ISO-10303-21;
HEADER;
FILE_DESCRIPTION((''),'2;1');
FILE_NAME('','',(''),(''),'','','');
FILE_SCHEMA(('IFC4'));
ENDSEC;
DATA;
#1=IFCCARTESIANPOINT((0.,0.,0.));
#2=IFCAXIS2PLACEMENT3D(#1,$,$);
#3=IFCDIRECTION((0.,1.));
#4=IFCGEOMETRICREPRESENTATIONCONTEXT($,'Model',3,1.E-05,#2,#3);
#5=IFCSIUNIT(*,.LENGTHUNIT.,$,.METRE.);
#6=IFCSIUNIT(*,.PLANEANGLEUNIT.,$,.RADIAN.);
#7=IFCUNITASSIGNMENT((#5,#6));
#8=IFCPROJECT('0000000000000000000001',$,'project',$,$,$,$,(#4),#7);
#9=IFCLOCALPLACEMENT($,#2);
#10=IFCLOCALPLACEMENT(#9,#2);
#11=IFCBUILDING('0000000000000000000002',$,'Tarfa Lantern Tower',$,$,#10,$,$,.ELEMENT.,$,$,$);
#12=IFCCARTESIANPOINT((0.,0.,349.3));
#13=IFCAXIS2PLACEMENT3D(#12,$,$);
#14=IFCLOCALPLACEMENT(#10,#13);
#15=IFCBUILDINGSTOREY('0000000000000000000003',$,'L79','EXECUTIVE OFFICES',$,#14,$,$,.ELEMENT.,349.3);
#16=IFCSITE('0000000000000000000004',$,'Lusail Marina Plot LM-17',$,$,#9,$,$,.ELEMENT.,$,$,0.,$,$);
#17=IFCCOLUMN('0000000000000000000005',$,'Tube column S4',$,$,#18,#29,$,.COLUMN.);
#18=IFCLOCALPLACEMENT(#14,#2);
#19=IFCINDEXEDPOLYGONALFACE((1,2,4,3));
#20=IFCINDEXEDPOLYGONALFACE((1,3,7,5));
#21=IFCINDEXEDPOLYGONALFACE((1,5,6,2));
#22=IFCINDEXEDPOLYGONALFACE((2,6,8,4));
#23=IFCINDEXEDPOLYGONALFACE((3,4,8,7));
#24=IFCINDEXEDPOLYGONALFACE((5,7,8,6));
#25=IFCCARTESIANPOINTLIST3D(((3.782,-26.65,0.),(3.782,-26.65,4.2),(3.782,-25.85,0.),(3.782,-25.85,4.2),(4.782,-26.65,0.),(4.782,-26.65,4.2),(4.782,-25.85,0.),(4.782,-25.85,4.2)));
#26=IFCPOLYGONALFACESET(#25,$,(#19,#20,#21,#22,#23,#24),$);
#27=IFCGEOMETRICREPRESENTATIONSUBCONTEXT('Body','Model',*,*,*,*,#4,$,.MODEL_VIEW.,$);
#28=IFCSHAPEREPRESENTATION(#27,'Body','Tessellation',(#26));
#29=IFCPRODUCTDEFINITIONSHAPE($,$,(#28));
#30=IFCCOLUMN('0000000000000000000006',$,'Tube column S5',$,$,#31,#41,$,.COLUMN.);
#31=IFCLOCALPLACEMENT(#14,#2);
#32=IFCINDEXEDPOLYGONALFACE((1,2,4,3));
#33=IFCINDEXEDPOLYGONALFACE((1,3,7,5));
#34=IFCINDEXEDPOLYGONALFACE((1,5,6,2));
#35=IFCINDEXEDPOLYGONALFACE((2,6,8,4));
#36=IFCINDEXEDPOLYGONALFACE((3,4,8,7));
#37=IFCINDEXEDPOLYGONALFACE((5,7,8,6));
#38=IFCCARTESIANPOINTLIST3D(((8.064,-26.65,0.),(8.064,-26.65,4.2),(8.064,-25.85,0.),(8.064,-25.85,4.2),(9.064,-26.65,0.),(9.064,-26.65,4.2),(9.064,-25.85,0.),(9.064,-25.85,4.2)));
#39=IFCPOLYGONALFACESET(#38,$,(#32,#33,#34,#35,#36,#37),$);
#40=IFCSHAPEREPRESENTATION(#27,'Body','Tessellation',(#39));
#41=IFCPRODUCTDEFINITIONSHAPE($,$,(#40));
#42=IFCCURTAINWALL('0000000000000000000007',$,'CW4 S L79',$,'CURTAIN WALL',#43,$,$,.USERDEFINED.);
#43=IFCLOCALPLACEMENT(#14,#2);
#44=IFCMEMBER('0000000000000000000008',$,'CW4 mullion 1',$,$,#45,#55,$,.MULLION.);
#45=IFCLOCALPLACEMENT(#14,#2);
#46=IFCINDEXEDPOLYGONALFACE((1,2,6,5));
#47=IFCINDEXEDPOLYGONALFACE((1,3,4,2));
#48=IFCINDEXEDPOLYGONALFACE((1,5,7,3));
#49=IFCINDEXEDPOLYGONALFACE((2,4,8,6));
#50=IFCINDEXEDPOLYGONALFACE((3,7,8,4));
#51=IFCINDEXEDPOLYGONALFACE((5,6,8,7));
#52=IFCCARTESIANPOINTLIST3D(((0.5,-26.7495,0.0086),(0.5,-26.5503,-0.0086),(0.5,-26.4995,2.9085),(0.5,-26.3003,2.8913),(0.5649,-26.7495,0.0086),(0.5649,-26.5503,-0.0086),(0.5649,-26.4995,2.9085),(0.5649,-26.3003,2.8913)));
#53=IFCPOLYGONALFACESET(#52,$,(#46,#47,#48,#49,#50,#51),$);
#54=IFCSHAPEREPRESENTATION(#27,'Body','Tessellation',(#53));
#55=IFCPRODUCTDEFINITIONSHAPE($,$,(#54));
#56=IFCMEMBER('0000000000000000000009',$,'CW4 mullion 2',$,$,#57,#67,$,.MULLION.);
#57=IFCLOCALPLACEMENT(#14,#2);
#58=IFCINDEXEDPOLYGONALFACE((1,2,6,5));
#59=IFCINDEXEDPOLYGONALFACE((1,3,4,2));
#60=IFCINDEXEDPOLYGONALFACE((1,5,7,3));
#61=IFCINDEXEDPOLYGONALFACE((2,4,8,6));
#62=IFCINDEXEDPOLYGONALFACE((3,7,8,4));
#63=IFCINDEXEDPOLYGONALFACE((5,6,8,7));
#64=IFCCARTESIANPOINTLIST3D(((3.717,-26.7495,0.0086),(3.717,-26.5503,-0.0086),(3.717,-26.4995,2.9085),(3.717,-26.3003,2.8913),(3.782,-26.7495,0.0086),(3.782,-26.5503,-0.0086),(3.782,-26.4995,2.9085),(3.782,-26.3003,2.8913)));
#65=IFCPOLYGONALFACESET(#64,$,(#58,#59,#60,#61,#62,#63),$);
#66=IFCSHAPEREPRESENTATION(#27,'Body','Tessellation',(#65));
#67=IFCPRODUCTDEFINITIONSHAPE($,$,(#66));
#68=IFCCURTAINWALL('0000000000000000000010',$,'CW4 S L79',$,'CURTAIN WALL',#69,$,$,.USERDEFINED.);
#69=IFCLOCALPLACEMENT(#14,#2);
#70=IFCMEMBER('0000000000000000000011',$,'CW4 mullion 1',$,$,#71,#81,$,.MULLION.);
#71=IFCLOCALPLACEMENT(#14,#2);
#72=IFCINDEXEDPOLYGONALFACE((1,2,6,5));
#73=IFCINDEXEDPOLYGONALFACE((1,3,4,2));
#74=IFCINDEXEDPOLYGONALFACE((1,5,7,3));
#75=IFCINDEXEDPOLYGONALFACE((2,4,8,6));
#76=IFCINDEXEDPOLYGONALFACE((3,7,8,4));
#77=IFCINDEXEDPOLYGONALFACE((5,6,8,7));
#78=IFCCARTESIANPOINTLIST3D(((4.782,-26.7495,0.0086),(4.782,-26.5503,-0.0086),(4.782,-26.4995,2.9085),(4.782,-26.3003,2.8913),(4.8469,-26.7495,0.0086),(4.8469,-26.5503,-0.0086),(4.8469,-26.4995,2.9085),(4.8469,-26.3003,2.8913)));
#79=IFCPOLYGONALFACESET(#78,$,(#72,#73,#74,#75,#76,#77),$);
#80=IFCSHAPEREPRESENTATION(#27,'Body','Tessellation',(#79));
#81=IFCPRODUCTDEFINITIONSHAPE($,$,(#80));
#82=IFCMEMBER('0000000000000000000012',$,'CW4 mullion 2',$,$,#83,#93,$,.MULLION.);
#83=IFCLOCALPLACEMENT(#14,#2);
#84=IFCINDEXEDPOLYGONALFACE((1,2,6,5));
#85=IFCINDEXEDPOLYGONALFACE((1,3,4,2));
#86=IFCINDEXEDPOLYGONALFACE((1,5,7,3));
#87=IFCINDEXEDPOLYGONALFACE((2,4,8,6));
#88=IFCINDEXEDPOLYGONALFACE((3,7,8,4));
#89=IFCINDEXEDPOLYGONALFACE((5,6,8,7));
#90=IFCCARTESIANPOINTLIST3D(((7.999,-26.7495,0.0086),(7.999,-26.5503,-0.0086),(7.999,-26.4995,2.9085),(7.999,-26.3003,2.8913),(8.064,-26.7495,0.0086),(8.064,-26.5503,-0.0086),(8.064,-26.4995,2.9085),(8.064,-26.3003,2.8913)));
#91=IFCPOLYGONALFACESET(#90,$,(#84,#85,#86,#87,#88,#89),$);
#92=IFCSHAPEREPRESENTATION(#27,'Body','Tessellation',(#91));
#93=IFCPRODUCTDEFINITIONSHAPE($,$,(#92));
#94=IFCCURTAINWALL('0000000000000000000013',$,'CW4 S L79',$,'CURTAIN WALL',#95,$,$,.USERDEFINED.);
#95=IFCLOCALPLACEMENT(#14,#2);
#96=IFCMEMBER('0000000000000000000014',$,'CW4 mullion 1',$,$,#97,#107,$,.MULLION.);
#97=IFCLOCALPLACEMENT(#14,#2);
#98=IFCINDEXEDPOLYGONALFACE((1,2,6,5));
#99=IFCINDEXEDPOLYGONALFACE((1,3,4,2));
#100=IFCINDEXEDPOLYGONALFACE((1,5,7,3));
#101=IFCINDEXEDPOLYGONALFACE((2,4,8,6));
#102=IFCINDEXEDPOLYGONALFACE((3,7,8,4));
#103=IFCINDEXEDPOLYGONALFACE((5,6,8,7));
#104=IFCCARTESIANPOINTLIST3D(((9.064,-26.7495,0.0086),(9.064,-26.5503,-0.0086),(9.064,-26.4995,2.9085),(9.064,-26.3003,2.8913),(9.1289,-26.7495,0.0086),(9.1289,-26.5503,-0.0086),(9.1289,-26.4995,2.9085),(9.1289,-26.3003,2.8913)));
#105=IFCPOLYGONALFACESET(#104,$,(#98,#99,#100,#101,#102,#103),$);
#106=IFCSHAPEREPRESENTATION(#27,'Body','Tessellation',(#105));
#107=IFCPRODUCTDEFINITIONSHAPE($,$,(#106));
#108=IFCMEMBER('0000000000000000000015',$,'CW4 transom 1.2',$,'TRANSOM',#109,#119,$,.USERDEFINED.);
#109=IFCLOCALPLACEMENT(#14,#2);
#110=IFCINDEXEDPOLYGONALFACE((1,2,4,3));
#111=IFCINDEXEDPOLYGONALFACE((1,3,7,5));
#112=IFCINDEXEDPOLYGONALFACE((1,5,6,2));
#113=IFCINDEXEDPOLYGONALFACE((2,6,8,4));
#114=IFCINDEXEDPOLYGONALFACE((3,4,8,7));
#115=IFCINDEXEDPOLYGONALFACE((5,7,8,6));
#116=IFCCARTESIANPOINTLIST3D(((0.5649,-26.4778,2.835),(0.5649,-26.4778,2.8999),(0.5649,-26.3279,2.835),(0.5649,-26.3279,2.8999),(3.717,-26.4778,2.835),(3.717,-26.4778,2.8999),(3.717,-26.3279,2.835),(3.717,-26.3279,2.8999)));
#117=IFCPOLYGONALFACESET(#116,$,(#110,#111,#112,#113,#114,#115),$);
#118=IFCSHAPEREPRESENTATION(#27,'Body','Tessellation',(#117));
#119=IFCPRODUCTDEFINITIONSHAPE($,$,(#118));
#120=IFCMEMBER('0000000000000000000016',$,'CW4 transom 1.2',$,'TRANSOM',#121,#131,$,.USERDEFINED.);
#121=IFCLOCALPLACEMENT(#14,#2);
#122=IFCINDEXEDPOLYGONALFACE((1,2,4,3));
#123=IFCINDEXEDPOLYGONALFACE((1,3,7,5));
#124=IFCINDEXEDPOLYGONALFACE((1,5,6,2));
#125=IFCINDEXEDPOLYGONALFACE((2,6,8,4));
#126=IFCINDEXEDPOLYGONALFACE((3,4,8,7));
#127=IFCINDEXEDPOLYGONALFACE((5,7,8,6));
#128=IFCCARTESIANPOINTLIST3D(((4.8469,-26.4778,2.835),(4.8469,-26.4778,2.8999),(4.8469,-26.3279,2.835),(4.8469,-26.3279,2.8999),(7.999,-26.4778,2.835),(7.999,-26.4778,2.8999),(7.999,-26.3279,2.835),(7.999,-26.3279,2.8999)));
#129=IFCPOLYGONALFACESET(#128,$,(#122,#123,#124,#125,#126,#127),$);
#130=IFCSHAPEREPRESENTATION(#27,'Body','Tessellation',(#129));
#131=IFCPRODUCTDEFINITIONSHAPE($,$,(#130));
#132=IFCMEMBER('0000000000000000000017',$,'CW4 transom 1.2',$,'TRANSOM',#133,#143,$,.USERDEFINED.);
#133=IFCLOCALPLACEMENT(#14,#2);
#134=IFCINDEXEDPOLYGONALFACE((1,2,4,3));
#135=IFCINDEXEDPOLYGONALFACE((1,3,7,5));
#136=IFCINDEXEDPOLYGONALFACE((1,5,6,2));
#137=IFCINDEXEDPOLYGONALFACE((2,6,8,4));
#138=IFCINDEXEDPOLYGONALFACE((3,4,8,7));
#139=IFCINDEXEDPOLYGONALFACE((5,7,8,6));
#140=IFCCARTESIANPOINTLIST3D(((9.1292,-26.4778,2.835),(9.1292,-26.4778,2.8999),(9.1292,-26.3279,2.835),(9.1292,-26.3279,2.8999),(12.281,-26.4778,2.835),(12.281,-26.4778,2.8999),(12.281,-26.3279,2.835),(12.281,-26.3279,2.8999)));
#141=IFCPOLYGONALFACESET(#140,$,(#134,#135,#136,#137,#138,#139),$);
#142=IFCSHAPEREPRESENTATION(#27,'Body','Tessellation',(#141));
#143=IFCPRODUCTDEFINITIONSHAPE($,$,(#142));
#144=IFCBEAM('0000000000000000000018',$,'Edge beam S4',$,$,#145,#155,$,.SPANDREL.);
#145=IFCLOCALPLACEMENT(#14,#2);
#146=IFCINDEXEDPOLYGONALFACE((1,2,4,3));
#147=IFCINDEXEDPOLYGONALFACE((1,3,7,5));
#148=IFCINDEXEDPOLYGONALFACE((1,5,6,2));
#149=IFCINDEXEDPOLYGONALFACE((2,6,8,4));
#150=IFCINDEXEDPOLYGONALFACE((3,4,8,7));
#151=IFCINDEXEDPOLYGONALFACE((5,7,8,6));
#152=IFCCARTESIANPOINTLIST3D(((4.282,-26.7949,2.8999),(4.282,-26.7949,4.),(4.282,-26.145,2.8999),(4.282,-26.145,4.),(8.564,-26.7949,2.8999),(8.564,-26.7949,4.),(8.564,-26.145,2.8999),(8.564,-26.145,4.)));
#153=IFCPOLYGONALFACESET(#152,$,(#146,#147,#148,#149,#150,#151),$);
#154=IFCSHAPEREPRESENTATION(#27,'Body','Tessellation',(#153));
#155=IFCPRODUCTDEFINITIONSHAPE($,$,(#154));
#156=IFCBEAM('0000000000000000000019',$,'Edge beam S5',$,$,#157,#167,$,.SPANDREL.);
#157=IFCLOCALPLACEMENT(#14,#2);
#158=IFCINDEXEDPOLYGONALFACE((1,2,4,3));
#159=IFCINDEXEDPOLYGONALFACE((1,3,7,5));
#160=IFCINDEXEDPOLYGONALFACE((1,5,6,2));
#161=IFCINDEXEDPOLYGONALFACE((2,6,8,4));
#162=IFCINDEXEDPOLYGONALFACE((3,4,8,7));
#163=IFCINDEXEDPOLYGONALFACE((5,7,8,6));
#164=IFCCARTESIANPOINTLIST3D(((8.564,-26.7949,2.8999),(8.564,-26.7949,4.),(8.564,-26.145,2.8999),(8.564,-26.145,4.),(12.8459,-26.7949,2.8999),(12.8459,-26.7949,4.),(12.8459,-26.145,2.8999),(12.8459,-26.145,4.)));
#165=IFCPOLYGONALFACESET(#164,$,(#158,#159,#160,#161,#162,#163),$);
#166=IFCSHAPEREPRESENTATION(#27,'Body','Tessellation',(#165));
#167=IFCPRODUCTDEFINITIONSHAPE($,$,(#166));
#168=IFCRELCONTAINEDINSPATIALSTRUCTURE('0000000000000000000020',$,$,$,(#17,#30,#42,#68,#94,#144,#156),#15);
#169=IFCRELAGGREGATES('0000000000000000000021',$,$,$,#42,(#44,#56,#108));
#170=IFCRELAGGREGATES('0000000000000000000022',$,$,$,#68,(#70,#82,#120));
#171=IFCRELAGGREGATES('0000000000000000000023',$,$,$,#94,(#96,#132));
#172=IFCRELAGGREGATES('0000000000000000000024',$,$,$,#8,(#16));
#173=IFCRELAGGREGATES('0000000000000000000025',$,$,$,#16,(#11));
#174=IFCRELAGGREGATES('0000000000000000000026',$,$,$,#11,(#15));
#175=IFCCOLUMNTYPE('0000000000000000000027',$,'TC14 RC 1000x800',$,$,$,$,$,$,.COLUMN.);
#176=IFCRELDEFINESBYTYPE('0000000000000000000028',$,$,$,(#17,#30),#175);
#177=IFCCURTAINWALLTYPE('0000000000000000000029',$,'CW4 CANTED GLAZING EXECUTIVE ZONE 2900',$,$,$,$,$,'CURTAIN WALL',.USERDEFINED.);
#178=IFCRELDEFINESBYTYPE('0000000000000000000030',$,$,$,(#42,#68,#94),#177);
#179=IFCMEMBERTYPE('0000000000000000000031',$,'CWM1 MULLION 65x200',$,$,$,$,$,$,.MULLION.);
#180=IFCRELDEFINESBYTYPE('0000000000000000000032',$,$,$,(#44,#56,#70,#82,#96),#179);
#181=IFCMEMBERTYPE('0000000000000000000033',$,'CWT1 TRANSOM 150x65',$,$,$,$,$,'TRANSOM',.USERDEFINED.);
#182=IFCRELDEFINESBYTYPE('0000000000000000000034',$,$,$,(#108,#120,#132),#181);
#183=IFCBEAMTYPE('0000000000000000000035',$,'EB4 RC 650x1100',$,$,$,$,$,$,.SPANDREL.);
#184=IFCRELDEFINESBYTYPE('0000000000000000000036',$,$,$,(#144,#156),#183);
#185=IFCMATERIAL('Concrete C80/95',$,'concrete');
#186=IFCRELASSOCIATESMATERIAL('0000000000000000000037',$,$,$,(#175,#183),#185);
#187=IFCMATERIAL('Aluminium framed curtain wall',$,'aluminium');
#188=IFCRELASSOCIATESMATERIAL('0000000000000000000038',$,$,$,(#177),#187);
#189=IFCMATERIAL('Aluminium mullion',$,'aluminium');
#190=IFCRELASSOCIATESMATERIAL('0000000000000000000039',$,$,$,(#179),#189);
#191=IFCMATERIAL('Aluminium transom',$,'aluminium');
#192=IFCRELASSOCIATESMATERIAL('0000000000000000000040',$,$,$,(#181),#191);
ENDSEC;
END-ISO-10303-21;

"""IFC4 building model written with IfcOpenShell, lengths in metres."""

from ifc_helpers import new_model, si_unit, direction, frame, origin, origin_2d, place, context, subcontext, project, spatial, rectangle, extrude, material, material_profile, profile_set, type_object, element, aggregate, save


model = new_model("IFC4")

# Units and contexts
model_context = context("Model", 3, precision=1e-05, world=origin(), true_north=direction((0.0, 1.0)))
body_context = subcontext(model_context, "Body", "Model", "MODEL_VIEW")
ifc_project = project(units=[si_unit("LENGTHUNIT", "METRE"), si_unit("PLANEANGLEUNIT", "RADIAN")], contexts=[model_context])

# Site, building, storey
site_placement = place(None, origin())
site = spatial("IfcSite", under=ifc_project, at=site_placement, Name="Lusail Marina Plot LM-17", CompositionType="ELEMENT", RefElevation=0.0)
building_placement = place(site_placement, origin())
building = spatial("IfcBuilding", under=site, at=building_placement, Name="Tarfa Lantern Tower", CompositionType="ELEMENT")
storey_placement = place(building_placement, frame((0.0, 0.0, 349.3)))
storey = spatial("IfcBuildingStorey", under=building, at=storey_placement, Name="L79", Description="EXECUTIVE OFFICES", CompositionType="ELEMENT", Elevation=349.3)

# Columns
ifc_material_1 = material(Name="Concrete C80/95", Category="concrete")
ifc_material_profile_1 = material_profile(ifc_material_1, rectangle(XDim=1.0, YDim=0.8, at=origin_2d()), Name="RC 1000x800")
ifc_profile_set_1 = profile_set([ifc_material_profile_1], Name="Concrete C80/95")
column_type = type_object("IfcColumnType", Name="TC14 RC 1000x800", PredefinedType="COLUMN", material=ifc_profile_set_1)
for number, where, z_axis, x_axis, name in (
    (1, (4.282, -26.25, 0.0), (0.0, 0.0, 1.0), (1.0, 0.0, 0.0), "Tube column S4"),
    (2, (8.564, -26.25, 0.0), (0.0, 0.0, 1.0), (1.0, 0.0, 0.0), "Tube column S5"),
):
    element("IfcColumn", number, at=place(storey_placement, frame(where, z_axis=z_axis, x_axis=x_axis)), inside=storey, type_object=column_type, Name=name, PredefinedType="COLUMN", context=body_context, shape_type="SweptSolid", body=[
        extrude(rectangle(XDim=1.0, YDim=0.8, at=origin_2d()), origin(), (0.0, 0.0, 1.0), 4.2),
    ])

# Curtain walls, members
ifc_material_2 = material(Name="Aluminium framed curtain wall", Category="aluminium")
curtain_wall_type = type_object("IfcCurtainWallType", Name="CW4 CANTED GLAZING EXECUTIVE ZONE 2900", ElementType="CURTAIN WALL", PredefinedType="USERDEFINED", material=ifc_material_2)
curtain_wall_1_placement = place(storey_placement, origin())
curtain_wall_1 = element("IfcCurtainWall", 3, at=curtain_wall_1_placement, inside=storey, type_object=curtain_wall_type, Name="CW4 S L79", ObjectType="CURTAIN WALL", PredefinedType="USERDEFINED")
ifc_material_3 = material(Name="Aluminium mullion", Category="aluminium")
ifc_material_profile_2 = material_profile(ifc_material_3, rectangle(XDim=0.0649, YDim=0.2, at=origin_2d()), Name="AL MULLION 65x200")
ifc_profile_set_2 = profile_set([ifc_material_profile_2], Name="Aluminium mullion")
member_type_1 = type_object("IfcMemberType", Name="CWM1 MULLION 65x200", PredefinedType="MULLION", material=ifc_profile_set_2)
member_1_placement = place(storey_placement, frame((0.5325, -26.6499, 0.0), z_axis=(0.0, 0.085891, 0.996305), x_axis=(-1.0, 0.0, 0.0)))
member_1 = element("IfcMember", 4, at=member_1_placement, type_object=member_type_1, Name="CW4 mullion 1", PredefinedType="MULLION", context=body_context, shape_type="SweptSolid", body=[
    extrude(rectangle(XDim=0.0649, YDim=0.2, at=origin_2d()), origin(), (0.0, 0.0, 1.0), 2.9106),
])
member_2_placement = place(storey_placement, frame((3.7495, -26.6499, 0.0), z_axis=(0.0, 0.085891, 0.996305), x_axis=(-1.0, 0.0, 0.0)))
member_2 = element("IfcMember", 5, at=member_2_placement, type_object=member_type_1, Name="CW4 mullion 2", PredefinedType="MULLION", context=body_context, shape_type="SweptSolid", body=[
    extrude(rectangle(XDim=0.0649, YDim=0.2, at=origin_2d()), origin(), (0.0, 0.0, 1.0), 2.9106),
])
curtain_wall_2_placement = place(storey_placement, origin())
curtain_wall_2 = element("IfcCurtainWall", 6, at=curtain_wall_2_placement, inside=storey, type_object=curtain_wall_type, Name="CW4 S L79", ObjectType="CURTAIN WALL", PredefinedType="USERDEFINED")
member_3_placement = place(storey_placement, frame((4.8145, -26.6499, 0.0), z_axis=(0.0, 0.085891, 0.996305), x_axis=(-1.0, 0.0, 0.0)))
member_3 = element("IfcMember", 7, at=member_3_placement, type_object=member_type_1, Name="CW4 mullion 1", PredefinedType="MULLION", context=body_context, shape_type="SweptSolid", body=[
    extrude(rectangle(XDim=0.0649, YDim=0.2, at=origin_2d()), origin(), (0.0, 0.0, 1.0), 2.9106),
])
member_4_placement = place(storey_placement, frame((8.0315, -26.6499, 0.0), z_axis=(0.0, 0.085891, 0.996305), x_axis=(-1.0, 0.0, 0.0)))
member_4 = element("IfcMember", 8, at=member_4_placement, type_object=member_type_1, Name="CW4 mullion 2", PredefinedType="MULLION", context=body_context, shape_type="SweptSolid", body=[
    extrude(rectangle(XDim=0.0649, YDim=0.2, at=origin_2d()), origin(), (0.0, 0.0, 1.0), 2.9106),
])

# Curtain wall, member
curtain_wall_3_placement = place(storey_placement, origin())
curtain_wall_3 = element("IfcCurtainWall", 9, at=curtain_wall_3_placement, inside=storey, type_object=curtain_wall_type, Name="CW4 S L79", ObjectType="CURTAIN WALL", PredefinedType="USERDEFINED")
member_5_placement = place(storey_placement, frame((9.0964, -26.6499, 0.0), z_axis=(0.0, 0.085891, 0.996305), x_axis=(-1.0, 0.0, 0.0)))
member_5 = element("IfcMember", 10, at=member_5_placement, type_object=member_type_1, Name="CW4 mullion 1", PredefinedType="MULLION", context=body_context, shape_type="SweptSolid", body=[
    extrude(rectangle(XDim=0.0649, YDim=0.2, at=origin_2d()), origin(), (0.0, 0.0, 1.0), 2.9106),
])

# Members
ifc_material_4 = material(Name="Aluminium transom", Category="aluminium")
ifc_material_profile_3 = material_profile(ifc_material_4, rectangle(XDim=0.1499, YDim=0.0649, at=origin_2d()), Name="AL TRANSOM 150x65")
ifc_profile_set_3 = profile_set([ifc_material_profile_3], Name="Aluminium transom")
member_type_2 = type_object("IfcMemberType", Name="CWT1 TRANSOM 150x65", ElementType="TRANSOM", PredefinedType="USERDEFINED", material=ifc_profile_set_3)
member_6_placement = place(storey_placement, frame((0.5649, -26.4028, 2.8674), z_axis=(1.0, 0.0, 0.0), x_axis=(0.0, 1.0, 0.0)))
member_6 = element("IfcMember", 11, at=member_6_placement, type_object=member_type_2, Name="CW4 transom 1.2", ObjectType="TRANSOM", PredefinedType="USERDEFINED", context=body_context, shape_type="SweptSolid", body=[
    extrude(rectangle(XDim=0.1499, YDim=0.0649, at=origin_2d()), origin(), (0.0, 0.0, 1.0), 3.1521),
])
member_7_placement = place(storey_placement, frame((4.8469, -26.4028, 2.8674), z_axis=(1.0, 0.0, 0.0), x_axis=(0.0, 1.0, 0.0)))
member_7 = element("IfcMember", 12, at=member_7_placement, type_object=member_type_2, Name="CW4 transom 1.2", ObjectType="TRANSOM", PredefinedType="USERDEFINED", context=body_context, shape_type="SweptSolid", body=[
    extrude(rectangle(XDim=0.1499, YDim=0.0649, at=origin_2d()), origin(), (0.0, 0.0, 1.0), 3.1521),
])
member_8_placement = place(storey_placement, frame((9.1292, -26.4028, 2.8674), z_axis=(1.0, 0.0, 0.0), x_axis=(0.0, 1.0, 0.0)))
member_8 = element("IfcMember", 13, at=member_8_placement, type_object=member_type_2, Name="CW4 transom 1.2", ObjectType="TRANSOM", PredefinedType="USERDEFINED", context=body_context, shape_type="SweptSolid", body=[
    extrude(rectangle(XDim=0.1499, YDim=0.0649, at=origin_2d()), origin(), (0.0, 0.0, 1.0), 3.1519),
])

# Beams
ifc_material_profile_4 = material_profile(ifc_material_1, rectangle(XDim=0.6499, YDim=1.1001, at=origin_2d()), Name="RC 650x1100")
ifc_profile_set_4 = profile_set([ifc_material_profile_4], Name="Concrete C80/95")
beam_type_1 = type_object("IfcBeamType", Name="EB4 RC 650x1100", PredefinedType="SPANDREL", material=ifc_profile_set_4)
for number, where, z_axis, x_axis, name in (
    (14, (4.282, -26.47, 3.45), (1.0, 0.0, 0.0), (0.0, 1.0, 0.0), "Edge beam S4"),
    (15, (8.564, -26.47, 3.45), (1.0, 0.0, 0.0), (0.0, 1.0, 0.0), "Edge beam S5"),
):
    element("IfcBeam", number, at=place(storey_placement, frame(where, z_axis=z_axis, x_axis=x_axis)), inside=storey, type_object=beam_type_1, Name=name, PredefinedType="SPANDREL", context=body_context, shape_type="SweptSolid", body=[
        extrude(rectangle(XDim=0.6499, YDim=1.1001, at=origin_2d()), origin(), (0.0, 0.0, 1.0), 4.282),
    ])

aggregate(curtain_wall_1, [member_1, member_2, member_6])
aggregate(curtain_wall_2, [member_3, member_4, member_7])
aggregate(curtain_wall_3, [member_5, member_8])

save(model, "model.ifc")
